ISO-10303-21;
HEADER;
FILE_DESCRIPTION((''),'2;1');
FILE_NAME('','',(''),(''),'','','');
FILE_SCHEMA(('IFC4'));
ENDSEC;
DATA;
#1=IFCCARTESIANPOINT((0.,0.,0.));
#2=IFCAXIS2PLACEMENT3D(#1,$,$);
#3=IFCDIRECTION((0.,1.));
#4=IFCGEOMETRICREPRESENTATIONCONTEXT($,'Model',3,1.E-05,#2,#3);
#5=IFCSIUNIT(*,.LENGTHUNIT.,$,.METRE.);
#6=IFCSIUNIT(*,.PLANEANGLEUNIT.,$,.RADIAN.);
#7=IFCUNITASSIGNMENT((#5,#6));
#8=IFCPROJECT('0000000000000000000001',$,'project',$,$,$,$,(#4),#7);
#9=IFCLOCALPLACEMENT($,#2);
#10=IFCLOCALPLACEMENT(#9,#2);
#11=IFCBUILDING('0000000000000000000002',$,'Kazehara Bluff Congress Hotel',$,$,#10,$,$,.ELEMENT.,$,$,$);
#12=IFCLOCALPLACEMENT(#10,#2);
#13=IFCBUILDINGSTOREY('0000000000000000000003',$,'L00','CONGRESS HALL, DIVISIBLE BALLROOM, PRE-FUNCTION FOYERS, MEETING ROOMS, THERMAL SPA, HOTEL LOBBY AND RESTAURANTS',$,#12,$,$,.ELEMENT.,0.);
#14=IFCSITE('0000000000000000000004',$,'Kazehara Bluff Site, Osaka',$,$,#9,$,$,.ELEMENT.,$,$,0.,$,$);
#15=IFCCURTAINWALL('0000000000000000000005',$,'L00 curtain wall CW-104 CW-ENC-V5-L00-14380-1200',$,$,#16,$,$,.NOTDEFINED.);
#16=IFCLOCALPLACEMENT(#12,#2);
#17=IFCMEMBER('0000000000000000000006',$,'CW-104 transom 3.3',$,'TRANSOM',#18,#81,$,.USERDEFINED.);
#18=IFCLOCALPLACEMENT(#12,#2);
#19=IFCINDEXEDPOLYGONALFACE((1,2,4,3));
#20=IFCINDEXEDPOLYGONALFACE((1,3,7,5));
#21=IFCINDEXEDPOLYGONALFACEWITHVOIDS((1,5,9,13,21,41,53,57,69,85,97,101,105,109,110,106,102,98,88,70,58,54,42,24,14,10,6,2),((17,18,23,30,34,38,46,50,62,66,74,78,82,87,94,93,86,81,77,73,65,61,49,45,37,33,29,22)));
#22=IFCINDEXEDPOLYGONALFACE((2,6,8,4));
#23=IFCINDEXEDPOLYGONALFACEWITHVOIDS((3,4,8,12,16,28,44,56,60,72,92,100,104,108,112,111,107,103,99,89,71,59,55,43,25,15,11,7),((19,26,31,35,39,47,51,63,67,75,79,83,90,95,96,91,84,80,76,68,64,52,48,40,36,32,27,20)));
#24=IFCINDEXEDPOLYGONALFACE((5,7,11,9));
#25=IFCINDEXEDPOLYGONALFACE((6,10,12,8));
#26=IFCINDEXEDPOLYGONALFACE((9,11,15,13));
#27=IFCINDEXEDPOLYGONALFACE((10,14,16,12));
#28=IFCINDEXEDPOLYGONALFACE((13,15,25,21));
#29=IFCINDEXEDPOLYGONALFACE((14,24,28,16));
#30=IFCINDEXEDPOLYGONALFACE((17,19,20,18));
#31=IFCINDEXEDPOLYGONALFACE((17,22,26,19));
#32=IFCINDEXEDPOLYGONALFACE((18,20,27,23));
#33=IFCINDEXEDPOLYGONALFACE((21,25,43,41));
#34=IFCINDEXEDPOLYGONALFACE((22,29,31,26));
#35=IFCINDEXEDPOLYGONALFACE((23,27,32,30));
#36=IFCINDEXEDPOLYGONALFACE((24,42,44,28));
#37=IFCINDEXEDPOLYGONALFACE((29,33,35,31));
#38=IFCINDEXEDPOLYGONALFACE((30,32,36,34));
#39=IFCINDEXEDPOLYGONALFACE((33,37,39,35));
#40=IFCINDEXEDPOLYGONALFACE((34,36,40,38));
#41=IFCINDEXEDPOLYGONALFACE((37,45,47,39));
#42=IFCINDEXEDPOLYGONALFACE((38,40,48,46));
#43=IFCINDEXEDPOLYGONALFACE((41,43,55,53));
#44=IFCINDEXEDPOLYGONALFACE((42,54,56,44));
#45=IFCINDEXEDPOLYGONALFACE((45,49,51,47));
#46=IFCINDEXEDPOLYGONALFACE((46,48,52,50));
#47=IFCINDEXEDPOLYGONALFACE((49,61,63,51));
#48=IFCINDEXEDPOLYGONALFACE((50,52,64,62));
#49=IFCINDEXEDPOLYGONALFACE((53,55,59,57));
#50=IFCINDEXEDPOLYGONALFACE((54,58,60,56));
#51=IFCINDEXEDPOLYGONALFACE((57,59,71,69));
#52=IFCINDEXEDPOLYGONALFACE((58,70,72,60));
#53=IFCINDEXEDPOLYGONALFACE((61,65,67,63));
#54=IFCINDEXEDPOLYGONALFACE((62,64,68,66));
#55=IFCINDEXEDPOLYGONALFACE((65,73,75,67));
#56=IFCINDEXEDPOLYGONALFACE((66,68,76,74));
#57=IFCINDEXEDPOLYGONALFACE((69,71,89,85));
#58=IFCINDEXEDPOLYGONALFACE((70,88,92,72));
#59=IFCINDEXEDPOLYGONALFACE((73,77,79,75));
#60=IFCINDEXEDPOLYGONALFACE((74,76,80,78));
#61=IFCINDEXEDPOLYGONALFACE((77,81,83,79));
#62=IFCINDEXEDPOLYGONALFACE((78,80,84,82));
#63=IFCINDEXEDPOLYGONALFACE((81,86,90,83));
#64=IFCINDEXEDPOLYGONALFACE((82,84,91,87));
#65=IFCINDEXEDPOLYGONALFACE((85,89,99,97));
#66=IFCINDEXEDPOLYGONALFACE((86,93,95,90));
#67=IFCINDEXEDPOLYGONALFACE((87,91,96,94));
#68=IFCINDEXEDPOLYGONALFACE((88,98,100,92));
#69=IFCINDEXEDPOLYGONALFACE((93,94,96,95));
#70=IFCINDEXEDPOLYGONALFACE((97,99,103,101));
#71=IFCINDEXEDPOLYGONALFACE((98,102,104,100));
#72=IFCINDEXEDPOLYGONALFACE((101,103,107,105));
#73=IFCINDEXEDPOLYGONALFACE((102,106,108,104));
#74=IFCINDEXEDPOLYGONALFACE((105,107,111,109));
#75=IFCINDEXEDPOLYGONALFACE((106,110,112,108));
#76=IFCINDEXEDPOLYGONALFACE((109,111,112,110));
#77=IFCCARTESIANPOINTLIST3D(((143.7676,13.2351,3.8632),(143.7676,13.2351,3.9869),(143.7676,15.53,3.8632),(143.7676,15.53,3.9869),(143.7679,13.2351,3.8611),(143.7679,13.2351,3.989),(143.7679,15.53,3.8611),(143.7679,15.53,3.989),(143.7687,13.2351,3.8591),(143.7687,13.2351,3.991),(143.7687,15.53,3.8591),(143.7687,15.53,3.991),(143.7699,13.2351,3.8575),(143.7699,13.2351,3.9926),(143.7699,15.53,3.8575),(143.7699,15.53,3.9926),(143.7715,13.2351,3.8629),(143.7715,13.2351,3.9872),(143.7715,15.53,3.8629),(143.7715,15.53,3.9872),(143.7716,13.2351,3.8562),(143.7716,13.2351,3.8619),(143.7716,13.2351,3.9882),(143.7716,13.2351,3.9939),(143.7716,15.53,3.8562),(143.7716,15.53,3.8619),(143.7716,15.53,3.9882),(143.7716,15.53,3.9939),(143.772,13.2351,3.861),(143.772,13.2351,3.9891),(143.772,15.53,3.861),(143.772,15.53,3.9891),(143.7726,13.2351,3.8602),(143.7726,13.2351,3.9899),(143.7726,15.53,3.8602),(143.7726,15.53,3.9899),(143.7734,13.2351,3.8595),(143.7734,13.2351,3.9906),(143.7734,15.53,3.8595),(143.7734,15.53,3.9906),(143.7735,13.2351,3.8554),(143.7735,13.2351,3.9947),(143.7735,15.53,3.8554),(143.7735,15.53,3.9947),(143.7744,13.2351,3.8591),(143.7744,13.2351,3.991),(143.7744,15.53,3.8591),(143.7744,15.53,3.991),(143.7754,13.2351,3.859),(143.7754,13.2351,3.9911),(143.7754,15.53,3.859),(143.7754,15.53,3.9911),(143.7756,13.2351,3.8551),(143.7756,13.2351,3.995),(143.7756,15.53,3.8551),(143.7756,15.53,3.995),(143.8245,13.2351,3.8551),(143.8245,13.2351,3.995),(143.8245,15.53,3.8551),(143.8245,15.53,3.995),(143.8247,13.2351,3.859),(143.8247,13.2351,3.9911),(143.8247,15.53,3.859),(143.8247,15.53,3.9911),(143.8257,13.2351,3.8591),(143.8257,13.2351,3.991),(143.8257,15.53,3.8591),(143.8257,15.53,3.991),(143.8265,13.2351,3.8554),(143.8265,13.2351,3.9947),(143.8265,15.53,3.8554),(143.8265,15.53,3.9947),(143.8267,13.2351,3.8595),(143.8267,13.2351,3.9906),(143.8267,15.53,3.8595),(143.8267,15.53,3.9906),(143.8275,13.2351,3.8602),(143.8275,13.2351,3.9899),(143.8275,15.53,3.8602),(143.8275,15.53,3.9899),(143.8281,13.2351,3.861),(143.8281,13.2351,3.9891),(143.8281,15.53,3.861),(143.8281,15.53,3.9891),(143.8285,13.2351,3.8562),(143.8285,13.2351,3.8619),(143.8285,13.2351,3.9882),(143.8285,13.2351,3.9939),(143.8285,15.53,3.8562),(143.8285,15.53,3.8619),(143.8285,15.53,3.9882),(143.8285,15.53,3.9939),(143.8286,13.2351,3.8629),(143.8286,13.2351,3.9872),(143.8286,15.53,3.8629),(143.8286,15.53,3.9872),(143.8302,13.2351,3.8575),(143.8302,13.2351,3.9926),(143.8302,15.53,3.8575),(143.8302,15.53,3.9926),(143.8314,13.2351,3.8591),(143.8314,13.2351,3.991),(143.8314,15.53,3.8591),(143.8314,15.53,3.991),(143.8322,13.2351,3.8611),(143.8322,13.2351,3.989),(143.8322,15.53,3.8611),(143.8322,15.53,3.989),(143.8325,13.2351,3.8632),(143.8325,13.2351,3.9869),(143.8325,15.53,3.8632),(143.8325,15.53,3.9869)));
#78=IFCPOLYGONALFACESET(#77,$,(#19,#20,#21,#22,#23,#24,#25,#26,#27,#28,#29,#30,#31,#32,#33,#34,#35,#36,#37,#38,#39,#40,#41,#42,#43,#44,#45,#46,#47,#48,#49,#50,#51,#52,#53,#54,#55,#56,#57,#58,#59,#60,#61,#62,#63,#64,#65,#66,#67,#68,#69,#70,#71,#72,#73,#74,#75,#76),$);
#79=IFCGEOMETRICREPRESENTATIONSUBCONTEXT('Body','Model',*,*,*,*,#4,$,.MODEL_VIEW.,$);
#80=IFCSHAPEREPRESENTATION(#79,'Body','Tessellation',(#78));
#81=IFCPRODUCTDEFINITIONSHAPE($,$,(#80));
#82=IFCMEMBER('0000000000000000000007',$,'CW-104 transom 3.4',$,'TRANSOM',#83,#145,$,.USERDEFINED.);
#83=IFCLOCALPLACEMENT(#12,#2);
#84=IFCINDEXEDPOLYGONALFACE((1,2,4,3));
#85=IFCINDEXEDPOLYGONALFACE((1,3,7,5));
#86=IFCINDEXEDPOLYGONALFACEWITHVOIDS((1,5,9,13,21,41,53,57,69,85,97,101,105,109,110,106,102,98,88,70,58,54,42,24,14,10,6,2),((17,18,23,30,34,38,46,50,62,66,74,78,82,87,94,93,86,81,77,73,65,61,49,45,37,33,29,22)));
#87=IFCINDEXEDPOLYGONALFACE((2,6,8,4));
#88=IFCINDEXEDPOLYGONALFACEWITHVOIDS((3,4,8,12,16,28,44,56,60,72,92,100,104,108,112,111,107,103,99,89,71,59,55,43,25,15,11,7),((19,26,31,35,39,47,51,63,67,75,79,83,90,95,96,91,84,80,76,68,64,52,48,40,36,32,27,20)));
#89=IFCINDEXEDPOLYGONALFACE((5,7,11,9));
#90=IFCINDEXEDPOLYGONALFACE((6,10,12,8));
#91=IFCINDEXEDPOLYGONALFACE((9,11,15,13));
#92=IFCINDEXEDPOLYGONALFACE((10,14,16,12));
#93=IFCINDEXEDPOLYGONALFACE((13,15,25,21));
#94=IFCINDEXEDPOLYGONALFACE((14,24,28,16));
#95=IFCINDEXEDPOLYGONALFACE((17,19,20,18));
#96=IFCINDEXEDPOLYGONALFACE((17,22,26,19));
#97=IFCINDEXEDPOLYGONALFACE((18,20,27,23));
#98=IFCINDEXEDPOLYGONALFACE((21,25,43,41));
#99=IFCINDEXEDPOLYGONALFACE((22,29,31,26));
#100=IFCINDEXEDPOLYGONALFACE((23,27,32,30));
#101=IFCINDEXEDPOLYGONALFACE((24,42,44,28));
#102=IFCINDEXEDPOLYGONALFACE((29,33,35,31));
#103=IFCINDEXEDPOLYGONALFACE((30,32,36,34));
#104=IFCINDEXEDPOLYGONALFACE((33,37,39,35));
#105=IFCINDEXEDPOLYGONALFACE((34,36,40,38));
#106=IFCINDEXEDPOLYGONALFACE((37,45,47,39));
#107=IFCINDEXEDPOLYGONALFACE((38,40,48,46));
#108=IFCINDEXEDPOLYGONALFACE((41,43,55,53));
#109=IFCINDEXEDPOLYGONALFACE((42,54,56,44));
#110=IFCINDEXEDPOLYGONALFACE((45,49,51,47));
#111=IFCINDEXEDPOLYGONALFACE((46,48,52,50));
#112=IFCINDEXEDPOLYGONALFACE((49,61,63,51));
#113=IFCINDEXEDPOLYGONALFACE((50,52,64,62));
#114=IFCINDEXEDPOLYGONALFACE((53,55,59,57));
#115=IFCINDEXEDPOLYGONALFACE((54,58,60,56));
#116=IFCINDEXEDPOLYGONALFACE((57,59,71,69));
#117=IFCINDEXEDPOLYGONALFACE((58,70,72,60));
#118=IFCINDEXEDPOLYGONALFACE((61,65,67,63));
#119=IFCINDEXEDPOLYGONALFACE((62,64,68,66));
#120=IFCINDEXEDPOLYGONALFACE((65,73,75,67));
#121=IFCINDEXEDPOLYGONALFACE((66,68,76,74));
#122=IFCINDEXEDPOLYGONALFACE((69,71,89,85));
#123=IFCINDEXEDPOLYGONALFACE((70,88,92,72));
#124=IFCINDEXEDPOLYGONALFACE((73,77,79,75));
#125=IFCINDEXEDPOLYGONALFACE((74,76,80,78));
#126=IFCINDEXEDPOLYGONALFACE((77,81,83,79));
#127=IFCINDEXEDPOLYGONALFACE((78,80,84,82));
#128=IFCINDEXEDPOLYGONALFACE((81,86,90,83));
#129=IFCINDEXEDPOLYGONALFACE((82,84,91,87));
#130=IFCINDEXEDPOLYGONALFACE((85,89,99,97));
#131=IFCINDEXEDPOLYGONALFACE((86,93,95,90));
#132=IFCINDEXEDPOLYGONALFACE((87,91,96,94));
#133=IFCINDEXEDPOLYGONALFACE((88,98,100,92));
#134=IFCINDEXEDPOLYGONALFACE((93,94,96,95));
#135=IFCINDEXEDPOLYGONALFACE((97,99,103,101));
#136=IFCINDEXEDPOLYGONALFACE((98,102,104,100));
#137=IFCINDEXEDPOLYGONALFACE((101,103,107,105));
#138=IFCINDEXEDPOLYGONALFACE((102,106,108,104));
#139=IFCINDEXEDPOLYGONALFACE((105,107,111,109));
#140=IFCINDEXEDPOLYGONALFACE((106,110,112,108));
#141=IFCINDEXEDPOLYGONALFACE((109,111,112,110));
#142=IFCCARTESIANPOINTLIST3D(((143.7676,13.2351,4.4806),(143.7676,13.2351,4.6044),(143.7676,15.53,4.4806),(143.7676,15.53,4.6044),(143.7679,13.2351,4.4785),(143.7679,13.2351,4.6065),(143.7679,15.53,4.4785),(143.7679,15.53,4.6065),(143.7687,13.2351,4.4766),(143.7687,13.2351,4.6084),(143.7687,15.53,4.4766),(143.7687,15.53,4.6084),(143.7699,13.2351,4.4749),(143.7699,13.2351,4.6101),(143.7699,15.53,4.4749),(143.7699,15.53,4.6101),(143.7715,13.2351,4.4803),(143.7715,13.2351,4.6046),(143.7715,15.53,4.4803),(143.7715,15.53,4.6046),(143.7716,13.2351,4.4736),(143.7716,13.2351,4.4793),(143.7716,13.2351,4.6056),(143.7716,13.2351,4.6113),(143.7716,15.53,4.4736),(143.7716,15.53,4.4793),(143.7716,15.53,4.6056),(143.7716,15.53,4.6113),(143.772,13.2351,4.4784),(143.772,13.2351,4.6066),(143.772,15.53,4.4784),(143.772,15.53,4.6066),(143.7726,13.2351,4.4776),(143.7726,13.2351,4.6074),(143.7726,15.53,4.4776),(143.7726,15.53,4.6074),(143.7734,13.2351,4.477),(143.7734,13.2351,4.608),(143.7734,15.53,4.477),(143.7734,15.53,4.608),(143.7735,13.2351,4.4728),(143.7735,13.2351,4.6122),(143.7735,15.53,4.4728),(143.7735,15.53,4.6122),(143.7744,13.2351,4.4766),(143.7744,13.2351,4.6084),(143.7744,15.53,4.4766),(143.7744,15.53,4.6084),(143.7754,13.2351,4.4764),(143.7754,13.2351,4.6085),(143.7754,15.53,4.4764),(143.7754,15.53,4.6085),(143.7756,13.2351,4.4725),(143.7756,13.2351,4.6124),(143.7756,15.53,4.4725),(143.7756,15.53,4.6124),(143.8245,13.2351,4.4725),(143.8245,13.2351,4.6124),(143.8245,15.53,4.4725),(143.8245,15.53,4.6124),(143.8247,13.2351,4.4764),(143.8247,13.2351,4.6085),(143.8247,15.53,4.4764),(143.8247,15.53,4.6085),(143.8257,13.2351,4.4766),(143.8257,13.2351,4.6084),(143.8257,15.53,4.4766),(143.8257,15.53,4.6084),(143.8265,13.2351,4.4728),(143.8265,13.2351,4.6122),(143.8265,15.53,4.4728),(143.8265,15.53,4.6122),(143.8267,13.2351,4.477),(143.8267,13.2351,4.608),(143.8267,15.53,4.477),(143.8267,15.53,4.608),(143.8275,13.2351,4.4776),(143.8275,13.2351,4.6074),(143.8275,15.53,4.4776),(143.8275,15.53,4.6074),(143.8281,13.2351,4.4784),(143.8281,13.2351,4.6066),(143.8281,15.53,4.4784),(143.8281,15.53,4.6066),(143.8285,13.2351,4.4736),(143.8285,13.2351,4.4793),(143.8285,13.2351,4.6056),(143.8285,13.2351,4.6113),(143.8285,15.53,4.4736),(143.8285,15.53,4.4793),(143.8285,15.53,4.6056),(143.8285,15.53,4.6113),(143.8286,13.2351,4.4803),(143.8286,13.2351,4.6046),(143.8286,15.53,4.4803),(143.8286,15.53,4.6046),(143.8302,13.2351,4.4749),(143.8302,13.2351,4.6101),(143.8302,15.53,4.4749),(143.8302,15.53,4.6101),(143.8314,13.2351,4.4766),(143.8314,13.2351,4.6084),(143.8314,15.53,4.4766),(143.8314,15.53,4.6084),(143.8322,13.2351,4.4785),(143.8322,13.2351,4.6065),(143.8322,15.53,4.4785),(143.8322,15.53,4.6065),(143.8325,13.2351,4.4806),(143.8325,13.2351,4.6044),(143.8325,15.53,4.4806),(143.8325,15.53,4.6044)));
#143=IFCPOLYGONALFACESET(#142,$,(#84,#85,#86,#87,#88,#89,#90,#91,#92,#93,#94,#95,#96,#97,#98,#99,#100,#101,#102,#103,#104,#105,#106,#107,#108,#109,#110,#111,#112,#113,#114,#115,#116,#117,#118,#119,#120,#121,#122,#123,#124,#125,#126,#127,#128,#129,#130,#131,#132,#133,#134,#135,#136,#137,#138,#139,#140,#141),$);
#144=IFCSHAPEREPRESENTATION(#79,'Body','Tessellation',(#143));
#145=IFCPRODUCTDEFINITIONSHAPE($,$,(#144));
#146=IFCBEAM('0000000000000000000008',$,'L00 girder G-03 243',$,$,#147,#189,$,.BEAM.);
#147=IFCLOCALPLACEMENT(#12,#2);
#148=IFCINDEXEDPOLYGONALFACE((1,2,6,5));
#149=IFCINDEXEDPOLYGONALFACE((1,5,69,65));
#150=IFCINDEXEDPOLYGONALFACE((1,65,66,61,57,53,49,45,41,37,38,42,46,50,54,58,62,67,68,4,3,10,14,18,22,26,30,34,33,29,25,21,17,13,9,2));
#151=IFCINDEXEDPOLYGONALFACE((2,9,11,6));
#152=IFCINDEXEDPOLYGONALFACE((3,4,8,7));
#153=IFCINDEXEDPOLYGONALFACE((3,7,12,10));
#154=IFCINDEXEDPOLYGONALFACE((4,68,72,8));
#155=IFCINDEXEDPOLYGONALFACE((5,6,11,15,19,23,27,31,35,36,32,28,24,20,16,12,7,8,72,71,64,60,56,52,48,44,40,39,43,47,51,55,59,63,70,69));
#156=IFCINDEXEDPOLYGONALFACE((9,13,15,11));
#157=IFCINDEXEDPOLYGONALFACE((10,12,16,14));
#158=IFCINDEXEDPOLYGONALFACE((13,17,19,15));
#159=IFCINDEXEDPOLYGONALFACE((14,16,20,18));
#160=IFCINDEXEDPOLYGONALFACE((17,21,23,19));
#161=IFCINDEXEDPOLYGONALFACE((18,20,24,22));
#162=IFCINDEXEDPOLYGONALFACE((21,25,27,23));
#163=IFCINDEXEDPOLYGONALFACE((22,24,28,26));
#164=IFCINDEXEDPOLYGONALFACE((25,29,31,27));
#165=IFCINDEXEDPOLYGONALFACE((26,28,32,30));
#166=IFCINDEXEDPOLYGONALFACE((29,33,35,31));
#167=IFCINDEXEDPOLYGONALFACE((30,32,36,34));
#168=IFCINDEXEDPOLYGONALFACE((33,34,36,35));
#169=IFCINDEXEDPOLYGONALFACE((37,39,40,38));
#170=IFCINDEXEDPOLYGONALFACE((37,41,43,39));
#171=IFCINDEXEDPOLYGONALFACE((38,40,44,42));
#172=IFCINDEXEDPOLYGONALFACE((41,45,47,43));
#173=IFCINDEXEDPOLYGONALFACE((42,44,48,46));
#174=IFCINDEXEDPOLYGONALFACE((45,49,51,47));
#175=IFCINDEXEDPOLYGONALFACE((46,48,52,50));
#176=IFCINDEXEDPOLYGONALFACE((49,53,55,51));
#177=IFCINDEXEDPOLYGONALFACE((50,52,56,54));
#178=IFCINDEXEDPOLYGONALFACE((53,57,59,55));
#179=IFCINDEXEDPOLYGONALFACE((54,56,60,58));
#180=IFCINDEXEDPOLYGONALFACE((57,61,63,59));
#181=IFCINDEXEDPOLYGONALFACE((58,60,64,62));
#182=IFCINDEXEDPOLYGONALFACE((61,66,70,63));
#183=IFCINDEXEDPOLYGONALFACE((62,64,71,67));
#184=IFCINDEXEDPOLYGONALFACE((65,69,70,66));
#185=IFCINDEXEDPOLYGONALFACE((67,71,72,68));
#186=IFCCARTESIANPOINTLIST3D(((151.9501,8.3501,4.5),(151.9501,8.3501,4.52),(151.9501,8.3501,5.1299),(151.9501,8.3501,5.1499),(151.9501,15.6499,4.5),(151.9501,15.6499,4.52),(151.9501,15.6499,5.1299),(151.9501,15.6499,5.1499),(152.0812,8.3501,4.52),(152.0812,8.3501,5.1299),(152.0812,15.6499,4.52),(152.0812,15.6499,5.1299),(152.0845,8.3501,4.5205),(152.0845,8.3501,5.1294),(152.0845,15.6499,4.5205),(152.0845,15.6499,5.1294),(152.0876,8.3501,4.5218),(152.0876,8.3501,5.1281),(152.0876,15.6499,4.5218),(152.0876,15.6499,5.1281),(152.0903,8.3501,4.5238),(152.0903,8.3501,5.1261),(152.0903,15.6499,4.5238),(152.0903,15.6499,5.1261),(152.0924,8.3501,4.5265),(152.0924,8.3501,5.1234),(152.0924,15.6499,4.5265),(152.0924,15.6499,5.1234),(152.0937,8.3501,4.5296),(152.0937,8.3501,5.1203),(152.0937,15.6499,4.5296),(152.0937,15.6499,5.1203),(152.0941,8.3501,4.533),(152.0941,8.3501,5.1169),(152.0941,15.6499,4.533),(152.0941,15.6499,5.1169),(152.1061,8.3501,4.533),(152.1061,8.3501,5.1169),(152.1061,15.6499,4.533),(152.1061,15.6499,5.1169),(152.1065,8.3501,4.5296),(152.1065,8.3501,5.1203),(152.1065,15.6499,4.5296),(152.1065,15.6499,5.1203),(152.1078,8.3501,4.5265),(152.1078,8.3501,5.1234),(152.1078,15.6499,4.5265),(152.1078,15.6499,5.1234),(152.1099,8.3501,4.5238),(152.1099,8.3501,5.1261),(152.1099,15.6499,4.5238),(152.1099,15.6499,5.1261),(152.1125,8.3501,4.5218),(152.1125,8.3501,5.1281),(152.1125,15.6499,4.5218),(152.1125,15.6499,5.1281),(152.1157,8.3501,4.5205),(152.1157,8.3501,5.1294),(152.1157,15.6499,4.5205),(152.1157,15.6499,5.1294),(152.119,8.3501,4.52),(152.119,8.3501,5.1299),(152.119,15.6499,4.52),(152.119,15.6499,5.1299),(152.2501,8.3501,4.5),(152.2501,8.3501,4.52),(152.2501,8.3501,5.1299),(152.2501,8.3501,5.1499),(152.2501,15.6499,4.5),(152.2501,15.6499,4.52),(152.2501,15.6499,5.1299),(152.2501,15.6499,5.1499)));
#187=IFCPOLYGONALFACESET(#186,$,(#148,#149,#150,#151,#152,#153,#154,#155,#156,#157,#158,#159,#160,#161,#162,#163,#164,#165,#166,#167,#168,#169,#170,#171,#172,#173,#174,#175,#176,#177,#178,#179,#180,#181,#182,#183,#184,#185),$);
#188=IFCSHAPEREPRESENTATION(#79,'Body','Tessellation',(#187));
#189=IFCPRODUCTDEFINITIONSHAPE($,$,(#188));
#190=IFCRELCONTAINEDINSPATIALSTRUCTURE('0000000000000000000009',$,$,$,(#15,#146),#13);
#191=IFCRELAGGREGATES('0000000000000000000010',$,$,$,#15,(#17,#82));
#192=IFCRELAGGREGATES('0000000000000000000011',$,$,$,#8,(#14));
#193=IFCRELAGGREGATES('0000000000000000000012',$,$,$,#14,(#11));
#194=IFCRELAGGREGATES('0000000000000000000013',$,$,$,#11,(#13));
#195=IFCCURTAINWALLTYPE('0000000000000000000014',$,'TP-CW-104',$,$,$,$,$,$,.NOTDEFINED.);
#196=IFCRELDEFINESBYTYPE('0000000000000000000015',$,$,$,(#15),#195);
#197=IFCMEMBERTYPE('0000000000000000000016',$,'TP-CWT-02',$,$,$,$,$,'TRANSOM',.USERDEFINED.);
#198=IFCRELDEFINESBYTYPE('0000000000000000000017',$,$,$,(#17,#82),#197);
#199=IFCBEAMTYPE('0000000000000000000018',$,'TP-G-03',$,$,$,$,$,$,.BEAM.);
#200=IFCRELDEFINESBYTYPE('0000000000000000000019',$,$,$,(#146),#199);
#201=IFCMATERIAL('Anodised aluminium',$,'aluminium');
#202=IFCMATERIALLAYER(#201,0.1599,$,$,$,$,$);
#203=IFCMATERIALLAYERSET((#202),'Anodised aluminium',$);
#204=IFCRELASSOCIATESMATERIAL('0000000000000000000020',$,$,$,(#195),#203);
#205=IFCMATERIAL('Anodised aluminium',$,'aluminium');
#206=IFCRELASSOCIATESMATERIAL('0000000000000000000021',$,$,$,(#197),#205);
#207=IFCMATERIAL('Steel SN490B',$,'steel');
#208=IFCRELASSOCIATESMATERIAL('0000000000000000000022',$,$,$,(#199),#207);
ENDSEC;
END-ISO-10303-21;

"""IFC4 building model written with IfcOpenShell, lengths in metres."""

from ifc_helpers import new_model, si_unit, direction, frame, origin, origin_2d, place, context, subcontext, project, spatial, hollow_rectangle, i_section, extrude, material, layer, layer_set, material_profile, profile_set, type_object, element, aggregate, save


model = new_model("IFC4")

# Units and contexts
model_context = context("Model", 3, precision=1e-05, world=origin(), true_north=direction((0.0, 1.0)))
body_context = subcontext(model_context, "Body", "Model", "MODEL_VIEW")
ifc_project = project(units=[si_unit("LENGTHUNIT", "METRE"), si_unit("PLANEANGLEUNIT", "RADIAN")], contexts=[model_context])

# Site, building, storey
site_placement = place(None, origin())
site = spatial("IfcSite", under=ifc_project, at=site_placement, Name="Kazehara Bluff Site, Osaka", CompositionType="ELEMENT", RefElevation=0.0)
building_placement = place(site_placement, origin())
building = spatial("IfcBuilding", under=site, at=building_placement, Name="Kazehara Bluff Congress Hotel", CompositionType="ELEMENT")
storey_placement = place(building_placement, origin())
storey = spatial("IfcBuildingStorey", under=building, at=storey_placement, Name="L00", Description="CONGRESS HALL, DIVISIBLE BALLROOM, PRE-FUNCTION FOYERS, MEETING ROOMS, THERMAL SPA, HOTEL LOBBY AND RESTAURANTS", CompositionType="ELEMENT", Elevation=0.0)

# Curtain wall, members
ifc_material_1 = material(Name="Anodised aluminium", Category="aluminium")
ifc_layer_1 = layer(ifc_material_1, 0.1599)
ifc_layer_set_1 = layer_set([ifc_layer_1], Name="Anodised aluminium")
curtain_wall_type = type_object("IfcCurtainWallType", Name="TP-CW-104", PredefinedType="NOTDEFINED", material=ifc_layer_set_1)
curtain_wall_placement = place(storey_placement, origin())
curtain_wall = element("IfcCurtainWall", 1, at=curtain_wall_placement, inside=storey, type_object=curtain_wall_type, Name="L00 curtain wall CW-104 CW-ENC-V5-L00-14380-1200", PredefinedType="NOTDEFINED")
ifc_material_2 = material(Name="Anodised aluminium", Category="aluminium")
ifc_material_profile_1 = material_profile(ifc_material_2, hollow_rectangle(XDim=0.0649, YDim=0.1399, WallThickness=0.0039, InnerFilletRadius=0.0039, OuterFilletRadius=0.0081, at=origin_2d()))
ifc_profile_set_1 = profile_set([ifc_material_profile_1], Name="Anodised aluminium")
member_type_1 = type_object("IfcMemberType", Name="TP-CWT-02", ElementType="TRANSOM", PredefinedType="USERDEFINED", material=ifc_profile_set_1)
member_1_placement = place(storey_placement, frame((143.8, 13.2351, 3.925), z_axis=(0.0, 1.0, 0.0), x_axis=(-1.0, 0.0, 0.0)))
member_1 = element("IfcMember", 2, at=member_1_placement, type_object=member_type_1, Name="CW-104 transom 3.3", ObjectType="TRANSOM", PredefinedType="USERDEFINED", context=body_context, shape_type="SweptSolid", body=[
    extrude(hollow_rectangle(XDim=0.0649, YDim=0.1399, WallThickness=0.0039, InnerFilletRadius=0.0039, OuterFilletRadius=0.0081, at=origin_2d()), origin(), (0.0, 0.0, 1.0), 2.2949),
])
member_2_placement = place(storey_placement, frame((143.8, 13.2351, 4.5425), z_axis=(0.0, 1.0, 0.0), x_axis=(-1.0, 0.0, 0.0)))
member_2 = element("IfcMember", 3, at=member_2_placement, type_object=member_type_1, Name="CW-104 transom 3.4", ObjectType="TRANSOM", PredefinedType="USERDEFINED", context=body_context, shape_type="SweptSolid", body=[
    extrude(hollow_rectangle(XDim=0.0649, YDim=0.1399, WallThickness=0.0039, InnerFilletRadius=0.0039, OuterFilletRadius=0.0081, at=origin_2d()), origin(), (0.0, 0.0, 1.0), 2.2949),
])

# Beam
ifc_material_3 = material(Name="Steel SN490B", Category="steel")
ifc_material_profile_2 = material_profile(ifc_material_3, i_section(OverallWidth=0.3, OverallDepth=0.6499, WebThickness=0.012, FlangeThickness=0.02, FilletRadius=0.0129, at=origin_2d()))
ifc_profile_set_2 = profile_set([ifc_material_profile_2], Name="Steel SN490B")
beam_type_1 = type_object("IfcBeamType", Name="TP-G-03", PredefinedType="BEAM", material=ifc_profile_set_2)
beam_1_placement = place(storey_placement, frame((152.1001, 8.3501, 4.825), z_axis=(0.0, 1.0, 0.0), x_axis=(-1.0, 0.0, 0.0)))
element("IfcBeam", 4, at=beam_1_placement, inside=storey, type_object=beam_type_1, Name="L00 girder G-03 243", PredefinedType="BEAM", context=body_context, shape_type="SweptSolid", body=[
    extrude(i_section(OverallWidth=0.3, OverallDepth=0.6499, WebThickness=0.012, FlangeThickness=0.02, FilletRadius=0.0129, at=origin_2d()), origin(), (0.0, 0.0, 1.0), 7.2998),
])

aggregate(curtain_wall, [member_1, member_2])

save(model, "model.ifc")
